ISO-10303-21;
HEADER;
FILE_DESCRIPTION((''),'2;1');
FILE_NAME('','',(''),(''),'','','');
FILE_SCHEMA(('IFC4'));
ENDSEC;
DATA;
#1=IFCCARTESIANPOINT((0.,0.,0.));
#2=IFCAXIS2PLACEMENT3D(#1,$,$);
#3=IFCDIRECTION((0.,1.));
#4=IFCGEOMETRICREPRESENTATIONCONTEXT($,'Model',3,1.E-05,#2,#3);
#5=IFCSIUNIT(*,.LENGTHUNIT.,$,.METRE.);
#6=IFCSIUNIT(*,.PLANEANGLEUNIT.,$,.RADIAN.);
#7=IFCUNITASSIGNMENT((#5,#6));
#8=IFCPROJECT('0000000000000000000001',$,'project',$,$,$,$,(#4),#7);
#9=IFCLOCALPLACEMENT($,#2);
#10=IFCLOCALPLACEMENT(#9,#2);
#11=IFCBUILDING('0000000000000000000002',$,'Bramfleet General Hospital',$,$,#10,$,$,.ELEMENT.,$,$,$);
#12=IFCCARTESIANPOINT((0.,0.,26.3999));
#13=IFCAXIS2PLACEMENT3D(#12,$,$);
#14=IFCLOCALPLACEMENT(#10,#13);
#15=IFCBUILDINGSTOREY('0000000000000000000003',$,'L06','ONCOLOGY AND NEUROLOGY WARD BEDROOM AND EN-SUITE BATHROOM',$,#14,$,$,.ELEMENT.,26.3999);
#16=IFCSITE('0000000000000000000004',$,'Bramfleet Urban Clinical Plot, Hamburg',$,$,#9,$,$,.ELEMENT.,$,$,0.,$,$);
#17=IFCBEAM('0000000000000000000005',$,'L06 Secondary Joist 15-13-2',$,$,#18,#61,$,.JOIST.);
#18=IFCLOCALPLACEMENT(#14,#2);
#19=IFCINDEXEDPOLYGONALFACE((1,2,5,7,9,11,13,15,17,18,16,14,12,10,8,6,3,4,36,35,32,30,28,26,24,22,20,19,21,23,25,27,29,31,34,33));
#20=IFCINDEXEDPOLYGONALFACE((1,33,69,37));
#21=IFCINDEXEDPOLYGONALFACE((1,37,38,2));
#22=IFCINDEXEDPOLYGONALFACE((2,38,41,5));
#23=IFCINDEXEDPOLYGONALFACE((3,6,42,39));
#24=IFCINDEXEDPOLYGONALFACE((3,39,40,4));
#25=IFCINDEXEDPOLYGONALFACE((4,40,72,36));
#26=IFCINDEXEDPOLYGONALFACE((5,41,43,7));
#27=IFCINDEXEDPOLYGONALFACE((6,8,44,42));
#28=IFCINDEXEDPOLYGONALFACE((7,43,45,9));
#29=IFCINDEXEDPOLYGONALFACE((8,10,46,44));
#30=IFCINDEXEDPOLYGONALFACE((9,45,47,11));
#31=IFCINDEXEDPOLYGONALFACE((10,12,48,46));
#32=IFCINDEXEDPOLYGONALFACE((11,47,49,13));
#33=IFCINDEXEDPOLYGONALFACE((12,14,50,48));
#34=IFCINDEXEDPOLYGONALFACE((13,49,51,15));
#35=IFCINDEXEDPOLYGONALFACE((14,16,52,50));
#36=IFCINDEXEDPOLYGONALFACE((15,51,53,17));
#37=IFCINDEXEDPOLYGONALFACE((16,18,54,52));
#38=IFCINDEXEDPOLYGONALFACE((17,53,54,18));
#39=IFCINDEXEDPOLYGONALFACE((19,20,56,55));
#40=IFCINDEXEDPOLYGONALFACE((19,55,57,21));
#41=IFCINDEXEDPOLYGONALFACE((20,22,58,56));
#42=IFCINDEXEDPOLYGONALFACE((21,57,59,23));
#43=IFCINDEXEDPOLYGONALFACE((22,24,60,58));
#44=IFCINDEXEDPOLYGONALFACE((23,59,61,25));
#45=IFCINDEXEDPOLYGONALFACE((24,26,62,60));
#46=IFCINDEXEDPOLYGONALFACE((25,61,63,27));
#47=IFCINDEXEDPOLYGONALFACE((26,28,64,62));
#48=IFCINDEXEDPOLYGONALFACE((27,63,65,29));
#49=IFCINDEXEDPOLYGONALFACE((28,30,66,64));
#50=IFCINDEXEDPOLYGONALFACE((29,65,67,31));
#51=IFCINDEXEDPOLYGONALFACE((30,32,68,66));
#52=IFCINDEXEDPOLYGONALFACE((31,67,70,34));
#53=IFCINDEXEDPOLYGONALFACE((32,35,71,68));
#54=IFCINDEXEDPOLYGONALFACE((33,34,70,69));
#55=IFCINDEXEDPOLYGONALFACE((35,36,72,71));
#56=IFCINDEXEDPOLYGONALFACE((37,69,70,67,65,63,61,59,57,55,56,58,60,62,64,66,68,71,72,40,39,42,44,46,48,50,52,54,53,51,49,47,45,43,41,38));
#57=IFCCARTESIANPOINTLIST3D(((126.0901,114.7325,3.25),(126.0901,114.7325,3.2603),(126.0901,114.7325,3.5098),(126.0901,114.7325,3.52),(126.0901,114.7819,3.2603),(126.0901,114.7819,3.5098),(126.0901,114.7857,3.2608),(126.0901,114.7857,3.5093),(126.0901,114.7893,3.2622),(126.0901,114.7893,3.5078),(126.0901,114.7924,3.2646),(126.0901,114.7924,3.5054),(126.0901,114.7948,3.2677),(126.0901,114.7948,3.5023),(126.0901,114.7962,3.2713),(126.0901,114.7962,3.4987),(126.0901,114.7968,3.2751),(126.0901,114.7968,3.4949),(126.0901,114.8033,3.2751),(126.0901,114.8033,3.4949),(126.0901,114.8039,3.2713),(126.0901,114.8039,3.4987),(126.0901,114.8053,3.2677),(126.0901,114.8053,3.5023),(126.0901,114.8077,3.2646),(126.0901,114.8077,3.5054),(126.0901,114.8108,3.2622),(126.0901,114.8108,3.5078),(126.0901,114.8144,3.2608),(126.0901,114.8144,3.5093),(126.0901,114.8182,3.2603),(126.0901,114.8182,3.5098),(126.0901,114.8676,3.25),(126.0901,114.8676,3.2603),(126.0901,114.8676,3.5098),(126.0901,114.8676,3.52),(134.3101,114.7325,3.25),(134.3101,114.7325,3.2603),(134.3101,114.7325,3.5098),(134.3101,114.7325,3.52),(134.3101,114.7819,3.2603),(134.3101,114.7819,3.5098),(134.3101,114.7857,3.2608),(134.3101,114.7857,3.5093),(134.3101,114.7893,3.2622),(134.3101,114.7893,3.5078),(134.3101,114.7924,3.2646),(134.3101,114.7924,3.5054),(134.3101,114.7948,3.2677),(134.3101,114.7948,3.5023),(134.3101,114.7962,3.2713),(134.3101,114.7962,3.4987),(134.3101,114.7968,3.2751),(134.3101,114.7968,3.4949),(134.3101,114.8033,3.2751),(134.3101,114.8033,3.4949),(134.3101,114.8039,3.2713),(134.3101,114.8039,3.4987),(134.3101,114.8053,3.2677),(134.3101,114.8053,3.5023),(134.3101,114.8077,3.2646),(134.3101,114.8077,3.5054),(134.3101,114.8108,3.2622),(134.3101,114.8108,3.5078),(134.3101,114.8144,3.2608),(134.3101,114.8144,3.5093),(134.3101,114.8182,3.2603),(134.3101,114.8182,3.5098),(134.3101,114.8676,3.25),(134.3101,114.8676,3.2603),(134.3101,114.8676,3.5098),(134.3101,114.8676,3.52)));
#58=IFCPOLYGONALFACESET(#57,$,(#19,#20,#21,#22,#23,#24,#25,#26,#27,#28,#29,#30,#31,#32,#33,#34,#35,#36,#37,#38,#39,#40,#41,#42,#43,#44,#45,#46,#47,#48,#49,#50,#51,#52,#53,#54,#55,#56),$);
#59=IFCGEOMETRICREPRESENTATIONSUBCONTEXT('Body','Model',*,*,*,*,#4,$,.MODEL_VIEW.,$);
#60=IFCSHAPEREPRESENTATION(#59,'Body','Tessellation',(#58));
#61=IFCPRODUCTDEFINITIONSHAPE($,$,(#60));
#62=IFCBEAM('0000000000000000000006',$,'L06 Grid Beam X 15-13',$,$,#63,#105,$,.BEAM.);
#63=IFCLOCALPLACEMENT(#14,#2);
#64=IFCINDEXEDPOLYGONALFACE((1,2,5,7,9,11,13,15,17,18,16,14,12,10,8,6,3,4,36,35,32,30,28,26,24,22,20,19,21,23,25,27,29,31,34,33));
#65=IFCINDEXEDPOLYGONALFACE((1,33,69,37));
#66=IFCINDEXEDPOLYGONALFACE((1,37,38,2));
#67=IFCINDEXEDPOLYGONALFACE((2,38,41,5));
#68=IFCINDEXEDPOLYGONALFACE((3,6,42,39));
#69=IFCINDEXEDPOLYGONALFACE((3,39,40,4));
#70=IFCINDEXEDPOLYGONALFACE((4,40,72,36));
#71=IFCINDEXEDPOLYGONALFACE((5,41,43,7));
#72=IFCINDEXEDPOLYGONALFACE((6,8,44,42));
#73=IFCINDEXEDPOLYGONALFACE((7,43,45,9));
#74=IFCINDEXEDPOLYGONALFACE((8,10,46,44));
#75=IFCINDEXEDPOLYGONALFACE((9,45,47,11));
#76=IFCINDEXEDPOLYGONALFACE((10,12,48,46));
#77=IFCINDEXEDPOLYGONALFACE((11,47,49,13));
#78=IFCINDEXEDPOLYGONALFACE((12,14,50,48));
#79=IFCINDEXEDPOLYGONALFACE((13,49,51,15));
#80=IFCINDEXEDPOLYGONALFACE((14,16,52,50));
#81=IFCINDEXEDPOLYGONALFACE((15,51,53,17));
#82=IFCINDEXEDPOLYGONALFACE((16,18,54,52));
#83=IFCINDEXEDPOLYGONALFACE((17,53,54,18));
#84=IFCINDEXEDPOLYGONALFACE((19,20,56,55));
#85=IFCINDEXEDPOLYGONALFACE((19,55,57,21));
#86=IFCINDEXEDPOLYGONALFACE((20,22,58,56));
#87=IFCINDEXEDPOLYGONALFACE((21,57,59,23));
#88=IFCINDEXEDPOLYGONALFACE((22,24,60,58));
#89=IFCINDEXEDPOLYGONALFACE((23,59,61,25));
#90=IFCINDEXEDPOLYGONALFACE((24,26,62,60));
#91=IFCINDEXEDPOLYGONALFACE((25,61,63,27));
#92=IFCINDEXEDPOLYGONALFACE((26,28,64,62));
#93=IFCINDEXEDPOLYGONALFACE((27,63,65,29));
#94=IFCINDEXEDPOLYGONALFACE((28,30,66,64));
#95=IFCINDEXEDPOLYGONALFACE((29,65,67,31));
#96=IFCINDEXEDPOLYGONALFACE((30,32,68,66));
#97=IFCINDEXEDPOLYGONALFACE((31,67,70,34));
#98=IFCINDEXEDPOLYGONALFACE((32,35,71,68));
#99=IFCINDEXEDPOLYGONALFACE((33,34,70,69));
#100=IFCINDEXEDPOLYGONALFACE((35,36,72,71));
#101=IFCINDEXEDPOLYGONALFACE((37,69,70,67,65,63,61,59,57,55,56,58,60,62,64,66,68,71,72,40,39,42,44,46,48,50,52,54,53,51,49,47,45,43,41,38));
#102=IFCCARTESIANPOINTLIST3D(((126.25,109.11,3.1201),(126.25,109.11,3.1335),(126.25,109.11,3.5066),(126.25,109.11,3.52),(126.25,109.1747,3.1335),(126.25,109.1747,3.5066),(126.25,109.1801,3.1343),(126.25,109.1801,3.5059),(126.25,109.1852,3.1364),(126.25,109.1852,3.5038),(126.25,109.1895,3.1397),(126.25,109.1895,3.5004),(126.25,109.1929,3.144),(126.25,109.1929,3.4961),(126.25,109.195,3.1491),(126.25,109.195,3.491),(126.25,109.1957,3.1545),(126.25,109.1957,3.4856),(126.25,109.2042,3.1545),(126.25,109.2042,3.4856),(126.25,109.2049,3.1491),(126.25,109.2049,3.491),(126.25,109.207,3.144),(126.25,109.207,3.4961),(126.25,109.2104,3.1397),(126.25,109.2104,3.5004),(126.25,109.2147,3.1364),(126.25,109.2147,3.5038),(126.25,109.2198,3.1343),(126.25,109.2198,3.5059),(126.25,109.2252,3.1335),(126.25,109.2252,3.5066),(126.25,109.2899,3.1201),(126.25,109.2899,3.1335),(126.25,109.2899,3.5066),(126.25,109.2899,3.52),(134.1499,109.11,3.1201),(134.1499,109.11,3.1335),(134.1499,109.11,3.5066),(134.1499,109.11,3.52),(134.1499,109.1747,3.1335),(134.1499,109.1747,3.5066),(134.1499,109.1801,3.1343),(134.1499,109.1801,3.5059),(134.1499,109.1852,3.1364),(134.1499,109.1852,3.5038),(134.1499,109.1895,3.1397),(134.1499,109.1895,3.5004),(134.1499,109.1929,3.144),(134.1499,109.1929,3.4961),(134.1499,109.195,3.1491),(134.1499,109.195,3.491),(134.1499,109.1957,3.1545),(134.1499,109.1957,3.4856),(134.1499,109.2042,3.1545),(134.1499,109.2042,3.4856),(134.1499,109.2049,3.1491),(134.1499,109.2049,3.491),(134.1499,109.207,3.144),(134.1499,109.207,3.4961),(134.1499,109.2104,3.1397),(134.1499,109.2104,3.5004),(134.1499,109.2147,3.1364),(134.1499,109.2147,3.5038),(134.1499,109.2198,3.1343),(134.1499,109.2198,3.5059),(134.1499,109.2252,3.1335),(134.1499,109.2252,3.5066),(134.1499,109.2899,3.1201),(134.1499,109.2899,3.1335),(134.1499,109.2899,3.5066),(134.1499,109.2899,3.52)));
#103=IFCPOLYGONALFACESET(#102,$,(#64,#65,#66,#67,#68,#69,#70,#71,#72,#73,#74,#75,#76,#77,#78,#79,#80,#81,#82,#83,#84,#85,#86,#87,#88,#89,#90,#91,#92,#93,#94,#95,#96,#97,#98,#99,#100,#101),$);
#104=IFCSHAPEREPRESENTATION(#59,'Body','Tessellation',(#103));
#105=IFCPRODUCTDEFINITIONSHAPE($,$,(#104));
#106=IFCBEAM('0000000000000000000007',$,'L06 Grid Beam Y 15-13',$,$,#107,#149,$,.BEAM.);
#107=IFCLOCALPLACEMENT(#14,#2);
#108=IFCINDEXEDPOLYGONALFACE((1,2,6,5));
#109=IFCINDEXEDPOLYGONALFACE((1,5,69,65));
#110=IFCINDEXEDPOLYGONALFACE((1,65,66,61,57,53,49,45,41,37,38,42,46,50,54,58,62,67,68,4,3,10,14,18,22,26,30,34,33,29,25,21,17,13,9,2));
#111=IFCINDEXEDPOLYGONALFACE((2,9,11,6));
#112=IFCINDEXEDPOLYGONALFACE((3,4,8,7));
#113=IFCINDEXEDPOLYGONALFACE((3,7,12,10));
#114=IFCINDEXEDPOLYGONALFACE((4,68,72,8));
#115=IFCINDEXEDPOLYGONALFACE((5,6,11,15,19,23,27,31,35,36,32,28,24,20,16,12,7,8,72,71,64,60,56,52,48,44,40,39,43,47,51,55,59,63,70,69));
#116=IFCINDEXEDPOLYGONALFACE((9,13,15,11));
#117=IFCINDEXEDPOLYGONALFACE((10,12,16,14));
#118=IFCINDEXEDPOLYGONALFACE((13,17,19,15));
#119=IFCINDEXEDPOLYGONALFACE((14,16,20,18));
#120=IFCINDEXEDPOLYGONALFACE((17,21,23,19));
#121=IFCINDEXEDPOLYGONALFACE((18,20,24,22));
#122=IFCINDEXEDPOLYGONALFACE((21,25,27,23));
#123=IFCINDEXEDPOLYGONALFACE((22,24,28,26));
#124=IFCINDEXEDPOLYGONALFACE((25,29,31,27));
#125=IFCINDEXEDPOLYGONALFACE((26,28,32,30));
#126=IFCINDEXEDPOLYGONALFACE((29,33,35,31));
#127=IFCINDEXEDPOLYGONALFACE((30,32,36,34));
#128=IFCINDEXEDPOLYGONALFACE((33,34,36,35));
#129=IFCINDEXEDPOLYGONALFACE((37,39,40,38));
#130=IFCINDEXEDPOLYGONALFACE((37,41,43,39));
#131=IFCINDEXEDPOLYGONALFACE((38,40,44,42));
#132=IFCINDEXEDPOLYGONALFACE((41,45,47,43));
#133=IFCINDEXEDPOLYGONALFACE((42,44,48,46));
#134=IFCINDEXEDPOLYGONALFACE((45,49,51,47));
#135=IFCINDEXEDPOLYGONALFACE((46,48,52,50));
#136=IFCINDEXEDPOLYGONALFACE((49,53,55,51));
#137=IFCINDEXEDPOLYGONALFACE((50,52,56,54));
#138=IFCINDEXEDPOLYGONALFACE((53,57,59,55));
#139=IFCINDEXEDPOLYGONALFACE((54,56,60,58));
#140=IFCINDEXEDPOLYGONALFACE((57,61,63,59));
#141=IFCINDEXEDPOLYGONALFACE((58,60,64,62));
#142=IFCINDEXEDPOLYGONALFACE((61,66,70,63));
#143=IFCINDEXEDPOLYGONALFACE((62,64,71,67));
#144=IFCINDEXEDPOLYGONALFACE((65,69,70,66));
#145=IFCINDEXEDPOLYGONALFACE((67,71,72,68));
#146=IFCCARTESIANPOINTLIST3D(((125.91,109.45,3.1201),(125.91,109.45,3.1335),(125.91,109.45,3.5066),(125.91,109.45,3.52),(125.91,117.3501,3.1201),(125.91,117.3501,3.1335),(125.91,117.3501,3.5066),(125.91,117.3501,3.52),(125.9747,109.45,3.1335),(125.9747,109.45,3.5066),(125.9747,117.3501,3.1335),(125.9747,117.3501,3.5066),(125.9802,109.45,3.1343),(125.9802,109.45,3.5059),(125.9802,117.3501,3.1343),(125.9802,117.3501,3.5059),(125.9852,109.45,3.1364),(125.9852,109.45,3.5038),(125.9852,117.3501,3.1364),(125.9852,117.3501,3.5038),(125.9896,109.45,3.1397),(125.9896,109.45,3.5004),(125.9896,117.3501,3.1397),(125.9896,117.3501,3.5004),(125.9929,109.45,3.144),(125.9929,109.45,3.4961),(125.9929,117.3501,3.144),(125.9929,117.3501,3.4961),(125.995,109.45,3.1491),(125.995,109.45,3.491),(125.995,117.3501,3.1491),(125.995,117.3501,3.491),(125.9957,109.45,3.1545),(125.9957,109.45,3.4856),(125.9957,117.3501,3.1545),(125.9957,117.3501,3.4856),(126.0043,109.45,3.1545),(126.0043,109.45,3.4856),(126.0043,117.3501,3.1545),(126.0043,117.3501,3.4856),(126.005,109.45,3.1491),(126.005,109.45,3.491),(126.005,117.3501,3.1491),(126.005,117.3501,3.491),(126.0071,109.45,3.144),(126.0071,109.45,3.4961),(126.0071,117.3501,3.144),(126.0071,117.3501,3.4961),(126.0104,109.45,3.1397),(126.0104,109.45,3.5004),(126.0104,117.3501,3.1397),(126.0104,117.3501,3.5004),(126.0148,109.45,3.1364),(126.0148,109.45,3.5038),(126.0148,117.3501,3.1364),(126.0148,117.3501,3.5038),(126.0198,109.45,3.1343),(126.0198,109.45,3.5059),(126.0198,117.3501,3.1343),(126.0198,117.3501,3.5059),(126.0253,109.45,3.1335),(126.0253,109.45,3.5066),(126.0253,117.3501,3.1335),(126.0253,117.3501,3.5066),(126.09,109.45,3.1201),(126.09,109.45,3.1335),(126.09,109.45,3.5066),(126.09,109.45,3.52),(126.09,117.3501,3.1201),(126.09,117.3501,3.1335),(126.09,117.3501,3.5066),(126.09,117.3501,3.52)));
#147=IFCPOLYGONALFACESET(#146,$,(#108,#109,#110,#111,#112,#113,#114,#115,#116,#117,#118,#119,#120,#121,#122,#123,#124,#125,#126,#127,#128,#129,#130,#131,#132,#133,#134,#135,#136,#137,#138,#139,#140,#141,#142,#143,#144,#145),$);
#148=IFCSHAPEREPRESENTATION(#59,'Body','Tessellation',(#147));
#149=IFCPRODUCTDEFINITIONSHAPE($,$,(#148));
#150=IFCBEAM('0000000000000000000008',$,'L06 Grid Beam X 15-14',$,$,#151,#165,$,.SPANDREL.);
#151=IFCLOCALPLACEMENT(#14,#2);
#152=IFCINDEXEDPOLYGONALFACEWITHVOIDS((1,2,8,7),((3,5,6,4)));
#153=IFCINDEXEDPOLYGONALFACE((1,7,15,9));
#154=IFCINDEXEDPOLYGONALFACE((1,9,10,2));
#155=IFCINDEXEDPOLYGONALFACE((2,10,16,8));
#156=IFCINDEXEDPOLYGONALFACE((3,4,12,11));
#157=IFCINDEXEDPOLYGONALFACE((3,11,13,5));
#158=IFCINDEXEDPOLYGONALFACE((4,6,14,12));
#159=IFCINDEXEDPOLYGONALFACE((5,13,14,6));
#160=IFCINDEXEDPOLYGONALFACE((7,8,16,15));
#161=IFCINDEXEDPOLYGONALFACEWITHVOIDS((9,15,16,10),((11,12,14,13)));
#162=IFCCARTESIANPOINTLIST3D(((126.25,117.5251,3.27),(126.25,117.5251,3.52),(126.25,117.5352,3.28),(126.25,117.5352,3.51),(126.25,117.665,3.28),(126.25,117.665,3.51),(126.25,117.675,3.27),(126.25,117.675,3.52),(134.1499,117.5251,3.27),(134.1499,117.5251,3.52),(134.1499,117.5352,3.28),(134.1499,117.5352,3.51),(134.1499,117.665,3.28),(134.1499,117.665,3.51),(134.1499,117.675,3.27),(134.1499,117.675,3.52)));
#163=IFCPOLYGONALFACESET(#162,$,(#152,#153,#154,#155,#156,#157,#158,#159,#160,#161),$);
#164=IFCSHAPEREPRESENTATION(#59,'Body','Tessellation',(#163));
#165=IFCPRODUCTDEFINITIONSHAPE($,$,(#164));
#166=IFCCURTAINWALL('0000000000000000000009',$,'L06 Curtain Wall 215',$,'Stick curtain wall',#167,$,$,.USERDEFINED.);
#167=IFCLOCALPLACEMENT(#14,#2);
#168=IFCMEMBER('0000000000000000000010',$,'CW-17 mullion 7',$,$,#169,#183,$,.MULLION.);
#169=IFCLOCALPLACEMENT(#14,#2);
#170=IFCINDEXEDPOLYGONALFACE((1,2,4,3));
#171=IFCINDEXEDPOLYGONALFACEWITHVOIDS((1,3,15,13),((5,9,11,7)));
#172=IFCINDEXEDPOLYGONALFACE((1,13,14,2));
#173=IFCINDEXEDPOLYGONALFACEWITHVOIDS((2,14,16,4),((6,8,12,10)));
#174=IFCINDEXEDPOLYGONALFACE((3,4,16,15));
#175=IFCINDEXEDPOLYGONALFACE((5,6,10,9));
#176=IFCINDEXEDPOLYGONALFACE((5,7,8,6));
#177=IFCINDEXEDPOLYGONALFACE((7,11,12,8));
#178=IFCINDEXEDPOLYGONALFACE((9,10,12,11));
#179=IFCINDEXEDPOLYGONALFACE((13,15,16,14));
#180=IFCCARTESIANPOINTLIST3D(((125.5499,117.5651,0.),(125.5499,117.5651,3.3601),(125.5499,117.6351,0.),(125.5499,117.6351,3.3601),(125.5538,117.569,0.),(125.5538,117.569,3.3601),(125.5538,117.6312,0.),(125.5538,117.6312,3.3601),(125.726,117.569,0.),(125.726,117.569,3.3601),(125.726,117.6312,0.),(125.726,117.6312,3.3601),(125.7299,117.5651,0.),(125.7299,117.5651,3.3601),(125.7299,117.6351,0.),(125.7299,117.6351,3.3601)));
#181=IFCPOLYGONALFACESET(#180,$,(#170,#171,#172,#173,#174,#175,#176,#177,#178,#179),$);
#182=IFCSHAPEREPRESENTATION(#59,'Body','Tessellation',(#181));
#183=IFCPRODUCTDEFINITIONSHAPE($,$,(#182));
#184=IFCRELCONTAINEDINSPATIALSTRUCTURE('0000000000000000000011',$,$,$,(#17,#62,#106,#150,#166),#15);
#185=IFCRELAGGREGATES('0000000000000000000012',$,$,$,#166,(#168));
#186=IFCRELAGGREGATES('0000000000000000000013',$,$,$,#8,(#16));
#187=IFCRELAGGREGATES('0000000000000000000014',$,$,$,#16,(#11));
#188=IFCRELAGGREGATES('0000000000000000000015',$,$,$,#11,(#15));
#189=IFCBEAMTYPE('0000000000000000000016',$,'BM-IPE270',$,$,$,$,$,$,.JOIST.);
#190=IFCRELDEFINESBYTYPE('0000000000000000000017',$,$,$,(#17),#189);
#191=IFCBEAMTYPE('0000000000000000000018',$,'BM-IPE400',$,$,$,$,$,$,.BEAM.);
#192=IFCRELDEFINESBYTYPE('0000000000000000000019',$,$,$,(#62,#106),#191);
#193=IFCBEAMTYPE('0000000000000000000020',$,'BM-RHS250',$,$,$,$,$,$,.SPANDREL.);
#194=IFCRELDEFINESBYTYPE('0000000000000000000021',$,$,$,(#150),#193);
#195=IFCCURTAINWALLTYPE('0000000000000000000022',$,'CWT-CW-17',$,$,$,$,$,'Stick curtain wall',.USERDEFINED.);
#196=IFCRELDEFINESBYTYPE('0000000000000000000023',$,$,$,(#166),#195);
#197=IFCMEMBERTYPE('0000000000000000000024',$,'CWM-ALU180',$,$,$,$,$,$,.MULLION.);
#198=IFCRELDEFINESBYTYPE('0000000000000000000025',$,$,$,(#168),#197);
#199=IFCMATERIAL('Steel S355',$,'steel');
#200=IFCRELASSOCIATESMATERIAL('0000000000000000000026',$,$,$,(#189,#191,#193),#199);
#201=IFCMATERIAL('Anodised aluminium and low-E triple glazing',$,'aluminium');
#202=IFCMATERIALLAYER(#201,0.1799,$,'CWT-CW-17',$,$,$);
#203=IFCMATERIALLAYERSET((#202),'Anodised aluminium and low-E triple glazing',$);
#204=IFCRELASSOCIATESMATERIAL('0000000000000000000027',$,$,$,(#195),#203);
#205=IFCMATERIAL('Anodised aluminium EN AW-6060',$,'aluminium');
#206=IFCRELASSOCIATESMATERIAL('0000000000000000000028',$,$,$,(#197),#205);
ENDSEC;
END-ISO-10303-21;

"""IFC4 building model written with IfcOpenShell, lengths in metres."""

from ifc_helpers import new_model, si_unit, direction, frame, origin, origin_2d, place, context, subcontext, project, spatial, hollow_rectangle, i_section, extrude, material, layer, layer_set, material_profile, profile_set, type_object, element, aggregate, save


model = new_model("IFC4")

# Units and contexts
model_context = context("Model", 3, precision=1e-05, world=origin(), true_north=direction((0.0, 1.0)))
body_context = subcontext(model_context, "Body", "Model", "MODEL_VIEW")
ifc_project = project(units=[si_unit("LENGTHUNIT", "METRE"), si_unit("PLANEANGLEUNIT", "RADIAN")], contexts=[model_context])

# Site, building, storey
site_placement = place(None, origin())
site = spatial("IfcSite", under=ifc_project, at=site_placement, Name="Bramfleet Urban Clinical Plot, Hamburg", CompositionType="ELEMENT", RefElevation=0.0)
building_placement = place(site_placement, origin())
building = spatial("IfcBuilding", under=site, at=building_placement, Name="Bramfleet General Hospital", CompositionType="ELEMENT")
storey_placement = place(building_placement, frame((0.0, 0.0, 26.3999)))
storey = spatial("IfcBuildingStorey", under=building, at=storey_placement, Name="L06", Description="ONCOLOGY AND NEUROLOGY WARD BEDROOM AND EN-SUITE BATHROOM", CompositionType="ELEMENT", Elevation=26.3999)

# Beams
ifc_material_1 = material(Name="Steel S355", Category="steel")
ifc_material_profile_1 = material_profile(ifc_material_1, i_section(OverallWidth=0.135, OverallDepth=0.27, WebThickness=0.0066, FlangeThickness=0.0103, FilletRadius=0.0149, at=origin_2d()), Name="IPE 270")
ifc_profile_set_1 = profile_set([ifc_material_profile_1], Name="Steel S355")
beam_type_1 = type_object("IfcBeamType", Name="BM-IPE270", PredefinedType="JOIST", material=ifc_profile_set_1)
for number, where, z_axis, x_axis, name in (
    (1, (126.0901, 114.8, 3.385), (1.0, 0.0, 0.0), (0.0, 1.0, 0.0), "L06 Secondary Joist 15-13-2"),
):
    element("IfcBeam", number, at=place(storey_placement, frame(where, z_axis=z_axis, x_axis=x_axis)), inside=storey, type_object=beam_type_1, Name=name, PredefinedType="JOIST", context=body_context, shape_type="SweptSolid", body=[
        extrude(i_section(OverallWidth=0.135, OverallDepth=0.27, WebThickness=0.0066, FlangeThickness=0.0103, FilletRadius=0.0149, at=origin_2d()), origin(), (0.0, 0.0, 1.0), 8.22),
    ])
ifc_material_profile_2 = material_profile(ifc_material_1, i_section(OverallWidth=0.1799, OverallDepth=0.3999, WebThickness=0.0085, FlangeThickness=0.0134, FilletRadius=0.021, at=origin_2d()), Name="IPE 400")
ifc_profile_set_2 = profile_set([ifc_material_profile_2], Name="Steel S355")
beam_type_2 = type_object("IfcBeamType", Name="BM-IPE400", PredefinedType="BEAM", material=ifc_profile_set_2)
beam_1_placement = place(storey_placement, frame((126.25, 109.2, 3.3201), z_axis=(1.0, 0.0, 0.0), x_axis=(0.0, 1.0, 0.0)))
element("IfcBeam", 2, at=beam_1_placement, inside=storey, type_object=beam_type_2, Name="L06 Grid Beam X 15-13", PredefinedType="BEAM", context=body_context, shape_type="SweptSolid", body=[
    extrude(i_section(OverallWidth=0.1799, OverallDepth=0.3999, WebThickness=0.0085, FlangeThickness=0.0134, FilletRadius=0.021, at=origin_2d()), origin(), (0.0, 0.0, 1.0), 7.8999),
])
beam_2_placement = place(storey_placement, frame((126.0, 109.45, 3.3201), z_axis=(0.0, 1.0, 0.0), x_axis=(-1.0, 0.0, 0.0)))
element("IfcBeam", 3, at=beam_2_placement, inside=storey, type_object=beam_type_2, Name="L06 Grid Beam Y 15-13", PredefinedType="BEAM", context=body_context, shape_type="SweptSolid", body=[
    extrude(i_section(OverallWidth=0.1799, OverallDepth=0.3999, WebThickness=0.0085, FlangeThickness=0.0134, FilletRadius=0.021, at=origin_2d()), origin(), (0.0, 0.0, 1.0), 7.9001),
])
ifc_material_profile_3 = material_profile(ifc_material_1, hollow_rectangle(XDim=0.1499, YDim=0.25, WallThickness=0.01, at=origin_2d()), Name="RHS 250x150x10.0")
ifc_profile_set_3 = profile_set([ifc_material_profile_3], Name="Steel S355")
beam_type_3 = type_object("IfcBeamType", Name="BM-RHS250", PredefinedType="SPANDREL", material=ifc_profile_set_3)
beam_3_placement = place(storey_placement, frame((126.25, 117.6001, 3.395), z_axis=(1.0, 0.0, 0.0), x_axis=(0.0, 1.0, 0.0)))
element("IfcBeam", 4, at=beam_3_placement, inside=storey, type_object=beam_type_3, Name="L06 Grid Beam X 15-14", PredefinedType="SPANDREL", context=body_context, shape_type="SweptSolid", body=[
    extrude(hollow_rectangle(XDim=0.1499, YDim=0.25, WallThickness=0.01, at=origin_2d()), origin(), (0.0, 0.0, 1.0), 7.8999),
])

# Curtain wall, member
ifc_material_2 = material(Name="Anodised aluminium and low-E triple glazing", Category="aluminium")
ifc_layer_1 = layer(ifc_material_2, 0.1799, Name="CWT-CW-17")
ifc_layer_set_1 = layer_set([ifc_layer_1], Name="Anodised aluminium and low-E triple glazing")
curtain_wall_type = type_object("IfcCurtainWallType", Name="CWT-CW-17", ElementType="Stick curtain wall", PredefinedType="USERDEFINED", material=ifc_layer_set_1)
curtain_wall_placement = place(storey_placement, origin())
curtain_wall = element("IfcCurtainWall", 5, at=curtain_wall_placement, inside=storey, type_object=curtain_wall_type, Name="L06 Curtain Wall 215", ObjectType="Stick curtain wall", PredefinedType="USERDEFINED")
ifc_material_3 = material(Name="Anodised aluminium EN AW-6060", Category="aluminium")
ifc_material_profile_4 = material_profile(ifc_material_3, hollow_rectangle(XDim=0.0701, YDim=0.1799, WallThickness=0.0039, at=origin_2d()), Name="ALU 180x70x4.0")
ifc_profile_set_4 = profile_set([ifc_material_profile_4], Name="Anodised aluminium EN AW-6060")
member_type = type_object("IfcMemberType", Name="CWM-ALU180", PredefinedType="MULLION", material=ifc_profile_set_4)
member_placement = place(storey_placement, frame((125.6399, 117.6001, 0.0), z_axis=(0.0, 0.0, 1.0), x_axis=(0.0, 1.0, 0.0)))
member = element("IfcMember", 6, at=member_placement, type_object=member_type, Name="CW-17 mullion 7", PredefinedType="MULLION", context=body_context, shape_type="SweptSolid", body=[
    extrude(hollow_rectangle(XDim=0.0701, YDim=0.1799, WallThickness=0.0039, at=origin_2d()), origin(), (0.0, 0.0, 1.0), 3.3601),
])
aggregate(curtain_wall, [member])

save(model, "model.ifc")
